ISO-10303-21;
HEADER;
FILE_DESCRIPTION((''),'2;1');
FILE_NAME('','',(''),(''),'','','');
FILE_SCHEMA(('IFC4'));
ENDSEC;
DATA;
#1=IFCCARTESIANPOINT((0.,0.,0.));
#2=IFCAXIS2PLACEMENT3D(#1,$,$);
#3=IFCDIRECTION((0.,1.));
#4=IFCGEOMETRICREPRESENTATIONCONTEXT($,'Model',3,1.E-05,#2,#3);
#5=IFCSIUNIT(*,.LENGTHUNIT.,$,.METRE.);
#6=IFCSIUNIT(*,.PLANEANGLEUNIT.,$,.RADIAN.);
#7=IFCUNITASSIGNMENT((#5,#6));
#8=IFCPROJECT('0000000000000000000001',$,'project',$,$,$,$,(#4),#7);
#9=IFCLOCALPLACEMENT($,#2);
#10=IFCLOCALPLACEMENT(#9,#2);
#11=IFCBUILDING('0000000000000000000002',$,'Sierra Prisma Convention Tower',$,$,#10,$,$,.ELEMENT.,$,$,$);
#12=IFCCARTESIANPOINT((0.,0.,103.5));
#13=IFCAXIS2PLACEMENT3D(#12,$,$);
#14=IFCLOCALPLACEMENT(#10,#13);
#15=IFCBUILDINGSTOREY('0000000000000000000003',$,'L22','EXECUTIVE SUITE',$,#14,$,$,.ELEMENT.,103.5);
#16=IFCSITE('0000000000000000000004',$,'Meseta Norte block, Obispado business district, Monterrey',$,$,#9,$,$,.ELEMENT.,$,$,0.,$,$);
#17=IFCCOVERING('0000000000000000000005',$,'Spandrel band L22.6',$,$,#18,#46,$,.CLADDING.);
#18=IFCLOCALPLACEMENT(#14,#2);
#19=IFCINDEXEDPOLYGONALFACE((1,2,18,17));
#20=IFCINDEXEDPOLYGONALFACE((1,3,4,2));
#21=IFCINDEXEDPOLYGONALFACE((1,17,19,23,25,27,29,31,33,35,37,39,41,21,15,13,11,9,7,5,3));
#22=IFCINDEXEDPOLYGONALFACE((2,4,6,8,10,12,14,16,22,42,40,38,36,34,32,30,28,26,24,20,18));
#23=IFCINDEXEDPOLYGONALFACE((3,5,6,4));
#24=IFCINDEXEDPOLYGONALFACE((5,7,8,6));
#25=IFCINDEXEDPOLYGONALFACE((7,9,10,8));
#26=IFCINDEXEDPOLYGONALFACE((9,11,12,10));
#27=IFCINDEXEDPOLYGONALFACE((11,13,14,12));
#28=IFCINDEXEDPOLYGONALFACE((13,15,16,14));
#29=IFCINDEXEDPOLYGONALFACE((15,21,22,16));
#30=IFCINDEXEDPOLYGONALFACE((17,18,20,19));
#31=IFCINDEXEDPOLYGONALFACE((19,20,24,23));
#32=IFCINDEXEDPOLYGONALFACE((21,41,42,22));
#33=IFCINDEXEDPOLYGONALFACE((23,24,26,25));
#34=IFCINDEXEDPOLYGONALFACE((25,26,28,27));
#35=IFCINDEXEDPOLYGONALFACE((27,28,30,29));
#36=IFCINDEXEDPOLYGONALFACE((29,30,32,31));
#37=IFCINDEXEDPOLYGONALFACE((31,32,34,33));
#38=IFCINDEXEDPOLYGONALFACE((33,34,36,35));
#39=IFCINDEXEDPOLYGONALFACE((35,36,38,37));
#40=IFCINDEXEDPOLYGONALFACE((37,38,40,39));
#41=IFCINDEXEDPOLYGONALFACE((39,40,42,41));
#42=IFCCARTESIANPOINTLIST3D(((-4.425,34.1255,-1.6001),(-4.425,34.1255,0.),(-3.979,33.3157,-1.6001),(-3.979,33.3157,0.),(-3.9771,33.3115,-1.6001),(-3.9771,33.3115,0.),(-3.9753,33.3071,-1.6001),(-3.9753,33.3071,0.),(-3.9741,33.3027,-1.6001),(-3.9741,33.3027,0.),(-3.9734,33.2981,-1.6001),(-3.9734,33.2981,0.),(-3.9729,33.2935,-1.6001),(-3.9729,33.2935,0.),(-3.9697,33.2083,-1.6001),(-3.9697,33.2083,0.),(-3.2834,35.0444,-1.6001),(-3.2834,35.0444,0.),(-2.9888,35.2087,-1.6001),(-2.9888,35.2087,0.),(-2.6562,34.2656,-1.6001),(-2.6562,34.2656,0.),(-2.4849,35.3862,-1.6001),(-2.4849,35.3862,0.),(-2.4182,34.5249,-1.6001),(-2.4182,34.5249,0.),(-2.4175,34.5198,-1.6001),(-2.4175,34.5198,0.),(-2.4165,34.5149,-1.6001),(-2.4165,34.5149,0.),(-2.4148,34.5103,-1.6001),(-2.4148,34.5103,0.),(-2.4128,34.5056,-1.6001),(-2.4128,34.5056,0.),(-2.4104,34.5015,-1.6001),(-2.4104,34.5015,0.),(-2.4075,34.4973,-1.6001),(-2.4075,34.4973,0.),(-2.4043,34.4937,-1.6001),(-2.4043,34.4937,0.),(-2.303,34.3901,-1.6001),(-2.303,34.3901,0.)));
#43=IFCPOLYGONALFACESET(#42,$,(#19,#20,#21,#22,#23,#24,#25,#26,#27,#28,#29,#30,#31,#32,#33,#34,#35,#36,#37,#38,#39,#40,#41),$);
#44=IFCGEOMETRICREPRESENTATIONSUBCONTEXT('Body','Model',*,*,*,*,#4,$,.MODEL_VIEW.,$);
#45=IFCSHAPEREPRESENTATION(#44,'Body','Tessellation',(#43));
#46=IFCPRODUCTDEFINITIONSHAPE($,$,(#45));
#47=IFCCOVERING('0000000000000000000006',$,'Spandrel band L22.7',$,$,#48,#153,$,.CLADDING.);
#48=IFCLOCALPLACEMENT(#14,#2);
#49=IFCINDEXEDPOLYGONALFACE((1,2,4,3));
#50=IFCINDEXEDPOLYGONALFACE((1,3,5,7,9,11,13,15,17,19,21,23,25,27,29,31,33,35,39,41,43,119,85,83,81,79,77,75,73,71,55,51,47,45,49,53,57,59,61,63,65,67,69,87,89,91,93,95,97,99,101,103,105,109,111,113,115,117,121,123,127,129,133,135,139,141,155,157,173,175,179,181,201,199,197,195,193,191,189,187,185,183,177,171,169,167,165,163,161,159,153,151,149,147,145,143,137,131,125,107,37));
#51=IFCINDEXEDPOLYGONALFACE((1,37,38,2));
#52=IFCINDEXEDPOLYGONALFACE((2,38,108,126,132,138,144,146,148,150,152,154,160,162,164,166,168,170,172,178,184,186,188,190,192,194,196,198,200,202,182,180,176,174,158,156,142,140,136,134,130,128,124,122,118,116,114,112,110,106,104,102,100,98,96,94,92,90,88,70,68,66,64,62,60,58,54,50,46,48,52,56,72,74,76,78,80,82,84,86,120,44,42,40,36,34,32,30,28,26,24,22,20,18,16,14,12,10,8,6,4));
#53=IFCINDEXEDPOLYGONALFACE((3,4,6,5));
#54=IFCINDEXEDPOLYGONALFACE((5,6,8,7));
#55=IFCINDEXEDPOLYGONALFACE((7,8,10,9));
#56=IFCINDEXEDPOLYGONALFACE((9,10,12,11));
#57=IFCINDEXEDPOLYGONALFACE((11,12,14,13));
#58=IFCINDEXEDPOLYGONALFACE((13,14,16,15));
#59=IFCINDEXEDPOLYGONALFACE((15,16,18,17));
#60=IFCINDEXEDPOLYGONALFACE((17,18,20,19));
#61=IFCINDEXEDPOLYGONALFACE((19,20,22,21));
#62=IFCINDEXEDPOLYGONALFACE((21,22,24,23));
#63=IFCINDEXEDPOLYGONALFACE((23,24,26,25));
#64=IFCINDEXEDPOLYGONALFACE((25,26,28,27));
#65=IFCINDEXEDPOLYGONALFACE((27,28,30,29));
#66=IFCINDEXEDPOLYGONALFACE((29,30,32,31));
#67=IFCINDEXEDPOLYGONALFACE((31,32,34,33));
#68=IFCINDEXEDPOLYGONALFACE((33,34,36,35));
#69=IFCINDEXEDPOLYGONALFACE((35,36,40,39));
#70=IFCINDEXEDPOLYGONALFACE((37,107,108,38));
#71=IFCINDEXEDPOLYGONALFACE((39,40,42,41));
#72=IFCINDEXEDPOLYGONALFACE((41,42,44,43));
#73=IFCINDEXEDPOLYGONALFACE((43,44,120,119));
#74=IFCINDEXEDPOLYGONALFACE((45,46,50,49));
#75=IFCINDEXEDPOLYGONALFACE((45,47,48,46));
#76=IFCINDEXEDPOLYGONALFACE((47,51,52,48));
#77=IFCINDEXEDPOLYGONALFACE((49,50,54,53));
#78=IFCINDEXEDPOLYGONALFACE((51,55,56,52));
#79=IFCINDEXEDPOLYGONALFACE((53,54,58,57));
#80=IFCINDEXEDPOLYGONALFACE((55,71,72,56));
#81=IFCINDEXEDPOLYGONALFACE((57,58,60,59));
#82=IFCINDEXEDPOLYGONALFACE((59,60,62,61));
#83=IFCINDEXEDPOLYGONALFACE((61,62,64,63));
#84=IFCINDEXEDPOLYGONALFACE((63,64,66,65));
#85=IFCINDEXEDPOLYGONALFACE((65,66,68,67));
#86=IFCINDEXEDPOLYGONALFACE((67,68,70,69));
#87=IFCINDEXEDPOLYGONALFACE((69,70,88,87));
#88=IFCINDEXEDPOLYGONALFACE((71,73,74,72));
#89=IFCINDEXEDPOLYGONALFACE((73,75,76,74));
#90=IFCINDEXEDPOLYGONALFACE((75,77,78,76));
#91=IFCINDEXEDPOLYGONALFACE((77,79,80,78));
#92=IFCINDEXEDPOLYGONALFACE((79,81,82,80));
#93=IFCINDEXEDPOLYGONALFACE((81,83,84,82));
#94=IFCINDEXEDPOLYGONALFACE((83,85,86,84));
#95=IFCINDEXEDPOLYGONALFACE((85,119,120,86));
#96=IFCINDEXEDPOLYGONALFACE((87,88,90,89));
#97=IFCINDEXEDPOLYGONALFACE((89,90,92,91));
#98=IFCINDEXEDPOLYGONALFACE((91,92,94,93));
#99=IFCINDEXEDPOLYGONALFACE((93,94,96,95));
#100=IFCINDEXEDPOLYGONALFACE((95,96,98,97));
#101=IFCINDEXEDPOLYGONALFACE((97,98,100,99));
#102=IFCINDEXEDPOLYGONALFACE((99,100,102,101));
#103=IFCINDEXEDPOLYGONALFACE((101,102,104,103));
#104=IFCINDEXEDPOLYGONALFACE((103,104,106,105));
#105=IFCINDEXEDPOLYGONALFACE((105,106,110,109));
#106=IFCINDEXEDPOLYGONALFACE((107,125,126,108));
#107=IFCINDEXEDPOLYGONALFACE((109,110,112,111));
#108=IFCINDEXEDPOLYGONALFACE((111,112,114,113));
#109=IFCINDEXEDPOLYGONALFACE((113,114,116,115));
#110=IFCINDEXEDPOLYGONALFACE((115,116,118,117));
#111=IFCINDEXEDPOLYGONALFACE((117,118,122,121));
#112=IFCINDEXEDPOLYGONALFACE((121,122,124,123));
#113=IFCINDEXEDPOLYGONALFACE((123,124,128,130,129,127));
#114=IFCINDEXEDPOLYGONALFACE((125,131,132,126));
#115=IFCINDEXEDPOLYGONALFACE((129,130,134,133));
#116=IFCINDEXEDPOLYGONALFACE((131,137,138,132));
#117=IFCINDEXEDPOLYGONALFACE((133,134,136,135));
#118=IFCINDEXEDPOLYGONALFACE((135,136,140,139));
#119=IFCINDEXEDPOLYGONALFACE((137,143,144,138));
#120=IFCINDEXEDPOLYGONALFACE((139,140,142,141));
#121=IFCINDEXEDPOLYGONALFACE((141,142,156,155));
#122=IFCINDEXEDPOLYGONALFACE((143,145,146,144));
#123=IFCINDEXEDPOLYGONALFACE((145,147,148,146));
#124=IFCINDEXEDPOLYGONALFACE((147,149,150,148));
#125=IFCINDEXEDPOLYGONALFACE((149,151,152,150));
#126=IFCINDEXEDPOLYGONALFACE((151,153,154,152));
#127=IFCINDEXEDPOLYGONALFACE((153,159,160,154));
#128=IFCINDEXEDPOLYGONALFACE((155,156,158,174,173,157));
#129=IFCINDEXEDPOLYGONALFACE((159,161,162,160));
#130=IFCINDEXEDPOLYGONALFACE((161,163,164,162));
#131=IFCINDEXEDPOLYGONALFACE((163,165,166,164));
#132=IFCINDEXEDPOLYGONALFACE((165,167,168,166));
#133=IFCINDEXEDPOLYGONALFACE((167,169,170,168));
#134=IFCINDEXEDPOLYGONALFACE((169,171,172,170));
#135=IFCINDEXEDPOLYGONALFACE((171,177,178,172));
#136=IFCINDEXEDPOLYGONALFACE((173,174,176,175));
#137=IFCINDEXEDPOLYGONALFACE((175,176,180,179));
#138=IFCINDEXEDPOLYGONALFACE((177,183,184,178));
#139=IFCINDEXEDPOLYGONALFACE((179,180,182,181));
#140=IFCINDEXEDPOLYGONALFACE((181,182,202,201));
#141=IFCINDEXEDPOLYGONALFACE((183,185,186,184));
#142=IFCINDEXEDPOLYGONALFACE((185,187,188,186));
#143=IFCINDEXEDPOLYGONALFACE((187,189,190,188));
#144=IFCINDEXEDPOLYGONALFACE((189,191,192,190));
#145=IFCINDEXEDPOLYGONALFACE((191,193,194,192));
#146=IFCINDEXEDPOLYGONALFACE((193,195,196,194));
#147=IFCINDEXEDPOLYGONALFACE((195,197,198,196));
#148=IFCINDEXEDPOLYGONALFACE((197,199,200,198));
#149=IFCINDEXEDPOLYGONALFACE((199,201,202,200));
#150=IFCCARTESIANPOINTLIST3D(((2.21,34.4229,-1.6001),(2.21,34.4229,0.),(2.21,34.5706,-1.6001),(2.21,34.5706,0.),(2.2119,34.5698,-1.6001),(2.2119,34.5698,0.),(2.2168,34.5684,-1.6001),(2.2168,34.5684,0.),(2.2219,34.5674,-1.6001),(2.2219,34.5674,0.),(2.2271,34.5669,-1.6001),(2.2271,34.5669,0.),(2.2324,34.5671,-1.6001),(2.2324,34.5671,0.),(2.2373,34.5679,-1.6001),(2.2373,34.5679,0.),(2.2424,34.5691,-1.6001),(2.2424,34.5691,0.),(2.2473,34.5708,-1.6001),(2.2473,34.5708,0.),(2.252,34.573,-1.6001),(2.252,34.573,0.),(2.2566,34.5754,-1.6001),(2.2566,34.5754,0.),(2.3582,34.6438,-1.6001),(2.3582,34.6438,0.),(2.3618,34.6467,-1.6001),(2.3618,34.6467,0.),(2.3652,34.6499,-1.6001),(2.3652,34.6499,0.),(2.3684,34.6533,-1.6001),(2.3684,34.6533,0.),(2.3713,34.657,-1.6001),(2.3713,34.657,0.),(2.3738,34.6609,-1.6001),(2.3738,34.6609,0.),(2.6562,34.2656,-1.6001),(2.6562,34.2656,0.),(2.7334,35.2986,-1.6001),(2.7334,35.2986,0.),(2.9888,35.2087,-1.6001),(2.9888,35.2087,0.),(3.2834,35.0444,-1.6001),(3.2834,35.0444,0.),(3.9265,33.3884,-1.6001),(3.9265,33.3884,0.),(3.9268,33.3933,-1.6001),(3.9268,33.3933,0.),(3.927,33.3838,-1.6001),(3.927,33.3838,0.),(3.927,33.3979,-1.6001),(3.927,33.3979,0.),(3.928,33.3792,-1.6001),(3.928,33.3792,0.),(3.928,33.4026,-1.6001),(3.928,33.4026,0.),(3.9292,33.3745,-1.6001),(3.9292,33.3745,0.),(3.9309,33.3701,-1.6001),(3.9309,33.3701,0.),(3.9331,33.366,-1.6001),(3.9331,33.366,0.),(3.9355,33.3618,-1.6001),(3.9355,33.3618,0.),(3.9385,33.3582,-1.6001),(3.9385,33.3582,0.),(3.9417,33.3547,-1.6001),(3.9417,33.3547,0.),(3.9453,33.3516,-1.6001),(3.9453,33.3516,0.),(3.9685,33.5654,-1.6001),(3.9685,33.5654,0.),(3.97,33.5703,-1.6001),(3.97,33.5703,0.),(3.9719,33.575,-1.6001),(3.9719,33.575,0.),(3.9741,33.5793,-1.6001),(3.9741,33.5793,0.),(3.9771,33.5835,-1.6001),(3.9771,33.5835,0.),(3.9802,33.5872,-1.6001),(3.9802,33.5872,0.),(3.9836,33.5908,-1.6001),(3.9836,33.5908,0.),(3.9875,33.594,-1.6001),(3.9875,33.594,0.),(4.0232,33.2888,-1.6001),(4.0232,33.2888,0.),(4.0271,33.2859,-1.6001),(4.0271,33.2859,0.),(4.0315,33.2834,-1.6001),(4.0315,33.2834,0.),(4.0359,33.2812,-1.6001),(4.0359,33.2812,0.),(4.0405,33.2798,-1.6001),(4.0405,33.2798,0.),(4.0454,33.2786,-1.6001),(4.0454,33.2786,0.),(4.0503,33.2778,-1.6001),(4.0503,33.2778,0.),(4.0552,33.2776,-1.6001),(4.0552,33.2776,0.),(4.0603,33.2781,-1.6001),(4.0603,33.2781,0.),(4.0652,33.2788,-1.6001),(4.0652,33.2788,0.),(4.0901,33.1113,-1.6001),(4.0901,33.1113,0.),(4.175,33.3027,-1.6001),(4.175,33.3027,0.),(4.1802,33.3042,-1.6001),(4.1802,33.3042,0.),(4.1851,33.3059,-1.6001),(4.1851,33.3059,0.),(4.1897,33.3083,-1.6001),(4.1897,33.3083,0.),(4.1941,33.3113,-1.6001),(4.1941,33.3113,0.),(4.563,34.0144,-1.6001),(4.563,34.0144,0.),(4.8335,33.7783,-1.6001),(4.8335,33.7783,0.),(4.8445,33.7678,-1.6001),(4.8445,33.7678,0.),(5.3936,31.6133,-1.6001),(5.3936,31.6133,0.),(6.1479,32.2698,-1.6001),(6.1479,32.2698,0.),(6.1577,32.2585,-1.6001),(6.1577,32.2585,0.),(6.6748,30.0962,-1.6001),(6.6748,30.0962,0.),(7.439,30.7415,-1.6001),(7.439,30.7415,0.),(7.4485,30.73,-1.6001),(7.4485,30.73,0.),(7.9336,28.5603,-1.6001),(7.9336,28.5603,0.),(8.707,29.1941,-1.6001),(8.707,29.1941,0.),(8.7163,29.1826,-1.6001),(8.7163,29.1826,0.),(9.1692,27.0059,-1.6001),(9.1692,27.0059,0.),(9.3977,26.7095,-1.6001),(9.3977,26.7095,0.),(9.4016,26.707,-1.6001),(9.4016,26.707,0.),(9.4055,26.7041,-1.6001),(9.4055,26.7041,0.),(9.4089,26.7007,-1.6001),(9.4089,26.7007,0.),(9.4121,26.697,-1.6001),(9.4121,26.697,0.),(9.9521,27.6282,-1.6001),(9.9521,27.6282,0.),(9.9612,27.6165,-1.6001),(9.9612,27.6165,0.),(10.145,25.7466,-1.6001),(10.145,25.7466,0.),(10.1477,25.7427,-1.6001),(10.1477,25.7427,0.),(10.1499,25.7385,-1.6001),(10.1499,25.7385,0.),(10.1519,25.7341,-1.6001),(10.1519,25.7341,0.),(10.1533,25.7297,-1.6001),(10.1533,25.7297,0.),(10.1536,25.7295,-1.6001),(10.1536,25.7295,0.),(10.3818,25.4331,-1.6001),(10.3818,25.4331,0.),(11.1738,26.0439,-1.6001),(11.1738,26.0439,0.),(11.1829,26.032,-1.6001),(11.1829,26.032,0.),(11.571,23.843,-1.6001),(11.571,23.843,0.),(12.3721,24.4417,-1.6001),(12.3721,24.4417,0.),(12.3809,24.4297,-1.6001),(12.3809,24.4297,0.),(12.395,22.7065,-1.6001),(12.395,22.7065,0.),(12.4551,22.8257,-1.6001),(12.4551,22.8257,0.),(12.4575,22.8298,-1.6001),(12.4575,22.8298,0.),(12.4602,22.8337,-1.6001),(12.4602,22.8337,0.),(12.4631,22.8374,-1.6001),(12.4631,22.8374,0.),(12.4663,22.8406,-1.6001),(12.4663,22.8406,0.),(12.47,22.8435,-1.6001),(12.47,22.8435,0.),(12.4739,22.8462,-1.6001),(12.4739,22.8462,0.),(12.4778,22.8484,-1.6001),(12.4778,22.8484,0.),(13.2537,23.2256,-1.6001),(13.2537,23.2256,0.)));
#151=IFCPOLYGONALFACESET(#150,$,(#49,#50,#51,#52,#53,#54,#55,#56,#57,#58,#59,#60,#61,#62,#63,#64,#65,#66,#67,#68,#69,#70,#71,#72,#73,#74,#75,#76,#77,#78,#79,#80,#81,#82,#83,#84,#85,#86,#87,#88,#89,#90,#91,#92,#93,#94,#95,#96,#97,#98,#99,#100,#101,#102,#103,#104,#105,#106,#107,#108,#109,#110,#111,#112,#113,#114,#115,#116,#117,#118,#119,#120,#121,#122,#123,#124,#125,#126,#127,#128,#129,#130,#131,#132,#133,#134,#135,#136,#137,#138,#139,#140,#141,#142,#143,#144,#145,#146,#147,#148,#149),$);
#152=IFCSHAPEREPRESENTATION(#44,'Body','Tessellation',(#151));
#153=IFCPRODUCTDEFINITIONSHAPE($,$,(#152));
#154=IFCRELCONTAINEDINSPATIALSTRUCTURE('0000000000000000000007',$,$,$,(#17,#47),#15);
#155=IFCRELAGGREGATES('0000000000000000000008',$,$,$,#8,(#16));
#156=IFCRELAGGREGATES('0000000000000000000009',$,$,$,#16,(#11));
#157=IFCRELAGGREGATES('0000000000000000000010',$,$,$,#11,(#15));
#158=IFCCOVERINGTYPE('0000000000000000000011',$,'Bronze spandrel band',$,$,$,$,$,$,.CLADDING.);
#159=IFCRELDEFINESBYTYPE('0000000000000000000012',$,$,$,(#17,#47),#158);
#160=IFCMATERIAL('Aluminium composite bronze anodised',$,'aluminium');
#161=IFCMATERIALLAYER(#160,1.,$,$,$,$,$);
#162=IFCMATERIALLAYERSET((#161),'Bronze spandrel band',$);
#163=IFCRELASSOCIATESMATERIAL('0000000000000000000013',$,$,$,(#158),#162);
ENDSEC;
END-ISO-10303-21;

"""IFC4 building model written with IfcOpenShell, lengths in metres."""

from ifc_helpers import new_model, si_unit, direction, frame, origin, place, context, subcontext, project, spatial, polyline, outline, extrude, material, layer, layer_set, type_object, element, save


model = new_model("IFC4")

# Units and contexts
model_context = context("Model", 3, precision=1e-05, world=origin(), true_north=direction((0.0, 1.0)))
body_context = subcontext(model_context, "Body", "Model", "MODEL_VIEW")
ifc_project = project(units=[si_unit("LENGTHUNIT", "METRE"), si_unit("PLANEANGLEUNIT", "RADIAN")], contexts=[model_context])

# Site, building, storey
site_placement = place(None, origin())
site = spatial("IfcSite", under=ifc_project, at=site_placement, Name="Meseta Norte block, Obispado business district, Monterrey", CompositionType="ELEMENT", RefElevation=0.0)
building_placement = place(site_placement, origin())
building = spatial("IfcBuilding", under=site, at=building_placement, Name="Sierra Prisma Convention Tower", CompositionType="ELEMENT")
storey_placement = place(building_placement, frame((0.0, 0.0, 103.5)))
storey = spatial("IfcBuildingStorey", under=building, at=storey_placement, Name="L22", Description="EXECUTIVE SUITE", CompositionType="ELEMENT", Elevation=103.5)

# Coverings
ifc_material_1 = material(Name="Aluminium composite bronze anodised", Category="aluminium")
ifc_layer_1 = layer(ifc_material_1, 1.0)
ifc_layer_set_1 = layer_set([ifc_layer_1], Name="Bronze spandrel band")
covering_type_1 = type_object("IfcCoveringType", Name="Bronze spandrel band", PredefinedType="CLADDING", material=ifc_layer_set_1)
covering_1_placement = place(storey_placement, frame((0.0, 0.0, -1.6001)))
element("IfcCovering", 1, at=covering_1_placement, inside=storey, type_object=covering_type_1, Name="Spandrel band L22.6", PredefinedType="CLADDING", context=body_context, shape_type="SweptSolid", body=[
    extrude(outline(polyline([(-3.979, 33.3157), (-4.425, 34.1255), (-3.2834, 35.0444), (-2.9888, 35.2087), (-2.4849, 35.3862), (-2.4182, 34.5249), (-2.4175, 34.5198), (-2.4165, 34.5149), (-2.4148, 34.5103), (-2.4128, 34.5056), (-2.4104, 34.5015), (-2.4075, 34.4973), (-2.4043, 34.4937), (-2.303, 34.3901), (-2.6562, 34.2656), (-3.9697, 33.2083), (-3.9729, 33.2935), (-3.9734, 33.2981), (-3.9741, 33.3027), (-3.9753, 33.3071), (-3.9771, 33.3115), (-3.979, 33.3157)])), origin(), (0.0, 0.0, 1.0), 1.6001),
])
covering_2_placement = place(storey_placement, frame((0.0, 0.0, -1.6001)))
element("IfcCovering", 2, at=covering_2_placement, inside=storey, type_object=covering_type_1, Name="Spandrel band L22.7", PredefinedType="CLADDING", context=body_context, shape_type="SweptSolid", body=[
    extrude(outline(polyline([(2.3652, 34.6499), (2.3684, 34.6533), (2.3713, 34.657), (2.3738, 34.6609), (2.7334, 35.2986), (2.9888, 35.2087), (3.2834, 35.0444), (4.563, 34.0144), (3.9875, 33.594), (3.9836, 33.5908), (3.9802, 33.5872), (3.9771, 33.5835), (3.9741, 33.5793), (3.9719, 33.575), (3.97, 33.5703), (3.9685, 33.5654), (3.928, 33.4026), (3.927, 33.3979), (3.9268, 33.3933), (3.9265, 33.3884), (3.927, 33.3838), (3.928, 33.3792), (3.9292, 33.3745), (3.9309, 33.3701), (3.9331, 33.366), (3.9355, 33.3618), (3.9385, 33.3582), (3.9417, 33.3547), (3.9453, 33.3516), (4.0232, 33.2888), (4.0271, 33.2859), (4.0315, 33.2834), (4.0359, 33.2812), (4.0405, 33.2798), (4.0454, 33.2786), (4.0503, 33.2778), (4.0552, 33.2776), (4.0603, 33.2781), (4.0652, 33.2788), (4.175, 33.3027), (4.1802, 33.3042), (4.1851, 33.3059), (4.1897, 33.3083), (4.1941, 33.3113), (4.8335, 33.7783), (4.8445, 33.7678), (6.1479, 32.2698), (6.1577, 32.2585), (7.439, 30.7415), (7.4485, 30.73), (8.707, 29.1941), (8.7163, 29.1826), (9.9521, 27.6282), (9.9612, 27.6165), (11.1738, 26.0439), (11.1829, 26.032), (12.3721, 24.4417), (12.3809, 24.4297), (13.2537, 23.2256), (12.4778, 22.8484), (12.4739, 22.8462), (12.47, 22.8435), (12.4663, 22.8406), (12.4631, 22.8374), (12.4602, 22.8337), (12.4575, 22.8298), (12.4551, 22.8257), (12.395, 22.7065), (11.571, 23.843), (10.3818, 25.4331), (10.1536, 25.7295), (10.1533, 25.7297), (10.1519, 25.7341), (10.1499, 25.7385), (10.1477, 25.7427), (10.145, 25.7466), (9.4121, 26.697), (9.4089, 26.7007), (9.4055, 26.7041), (9.4016, 26.707), (9.3977, 26.7095), (9.1692, 27.0059), (7.9336, 28.5603), (6.6748, 30.0962), (5.3936, 31.6133), (4.0901, 33.1113), (2.6562, 34.2656), (2.21, 34.4229), (2.21, 34.5706), (2.2119, 34.5698), (2.2168, 34.5684), (2.2219, 34.5674), (2.2271, 34.5669), (2.2324, 34.5671), (2.2373, 34.5679), (2.2424, 34.5691), (2.2473, 34.5708), (2.252, 34.573), (2.2566, 34.5754), (2.3582, 34.6438), (2.3618, 34.6467), (2.3652, 34.6499)])), origin(), (0.0, 0.0, 1.0), 1.6001),
])

save(model, "model.ifc")
